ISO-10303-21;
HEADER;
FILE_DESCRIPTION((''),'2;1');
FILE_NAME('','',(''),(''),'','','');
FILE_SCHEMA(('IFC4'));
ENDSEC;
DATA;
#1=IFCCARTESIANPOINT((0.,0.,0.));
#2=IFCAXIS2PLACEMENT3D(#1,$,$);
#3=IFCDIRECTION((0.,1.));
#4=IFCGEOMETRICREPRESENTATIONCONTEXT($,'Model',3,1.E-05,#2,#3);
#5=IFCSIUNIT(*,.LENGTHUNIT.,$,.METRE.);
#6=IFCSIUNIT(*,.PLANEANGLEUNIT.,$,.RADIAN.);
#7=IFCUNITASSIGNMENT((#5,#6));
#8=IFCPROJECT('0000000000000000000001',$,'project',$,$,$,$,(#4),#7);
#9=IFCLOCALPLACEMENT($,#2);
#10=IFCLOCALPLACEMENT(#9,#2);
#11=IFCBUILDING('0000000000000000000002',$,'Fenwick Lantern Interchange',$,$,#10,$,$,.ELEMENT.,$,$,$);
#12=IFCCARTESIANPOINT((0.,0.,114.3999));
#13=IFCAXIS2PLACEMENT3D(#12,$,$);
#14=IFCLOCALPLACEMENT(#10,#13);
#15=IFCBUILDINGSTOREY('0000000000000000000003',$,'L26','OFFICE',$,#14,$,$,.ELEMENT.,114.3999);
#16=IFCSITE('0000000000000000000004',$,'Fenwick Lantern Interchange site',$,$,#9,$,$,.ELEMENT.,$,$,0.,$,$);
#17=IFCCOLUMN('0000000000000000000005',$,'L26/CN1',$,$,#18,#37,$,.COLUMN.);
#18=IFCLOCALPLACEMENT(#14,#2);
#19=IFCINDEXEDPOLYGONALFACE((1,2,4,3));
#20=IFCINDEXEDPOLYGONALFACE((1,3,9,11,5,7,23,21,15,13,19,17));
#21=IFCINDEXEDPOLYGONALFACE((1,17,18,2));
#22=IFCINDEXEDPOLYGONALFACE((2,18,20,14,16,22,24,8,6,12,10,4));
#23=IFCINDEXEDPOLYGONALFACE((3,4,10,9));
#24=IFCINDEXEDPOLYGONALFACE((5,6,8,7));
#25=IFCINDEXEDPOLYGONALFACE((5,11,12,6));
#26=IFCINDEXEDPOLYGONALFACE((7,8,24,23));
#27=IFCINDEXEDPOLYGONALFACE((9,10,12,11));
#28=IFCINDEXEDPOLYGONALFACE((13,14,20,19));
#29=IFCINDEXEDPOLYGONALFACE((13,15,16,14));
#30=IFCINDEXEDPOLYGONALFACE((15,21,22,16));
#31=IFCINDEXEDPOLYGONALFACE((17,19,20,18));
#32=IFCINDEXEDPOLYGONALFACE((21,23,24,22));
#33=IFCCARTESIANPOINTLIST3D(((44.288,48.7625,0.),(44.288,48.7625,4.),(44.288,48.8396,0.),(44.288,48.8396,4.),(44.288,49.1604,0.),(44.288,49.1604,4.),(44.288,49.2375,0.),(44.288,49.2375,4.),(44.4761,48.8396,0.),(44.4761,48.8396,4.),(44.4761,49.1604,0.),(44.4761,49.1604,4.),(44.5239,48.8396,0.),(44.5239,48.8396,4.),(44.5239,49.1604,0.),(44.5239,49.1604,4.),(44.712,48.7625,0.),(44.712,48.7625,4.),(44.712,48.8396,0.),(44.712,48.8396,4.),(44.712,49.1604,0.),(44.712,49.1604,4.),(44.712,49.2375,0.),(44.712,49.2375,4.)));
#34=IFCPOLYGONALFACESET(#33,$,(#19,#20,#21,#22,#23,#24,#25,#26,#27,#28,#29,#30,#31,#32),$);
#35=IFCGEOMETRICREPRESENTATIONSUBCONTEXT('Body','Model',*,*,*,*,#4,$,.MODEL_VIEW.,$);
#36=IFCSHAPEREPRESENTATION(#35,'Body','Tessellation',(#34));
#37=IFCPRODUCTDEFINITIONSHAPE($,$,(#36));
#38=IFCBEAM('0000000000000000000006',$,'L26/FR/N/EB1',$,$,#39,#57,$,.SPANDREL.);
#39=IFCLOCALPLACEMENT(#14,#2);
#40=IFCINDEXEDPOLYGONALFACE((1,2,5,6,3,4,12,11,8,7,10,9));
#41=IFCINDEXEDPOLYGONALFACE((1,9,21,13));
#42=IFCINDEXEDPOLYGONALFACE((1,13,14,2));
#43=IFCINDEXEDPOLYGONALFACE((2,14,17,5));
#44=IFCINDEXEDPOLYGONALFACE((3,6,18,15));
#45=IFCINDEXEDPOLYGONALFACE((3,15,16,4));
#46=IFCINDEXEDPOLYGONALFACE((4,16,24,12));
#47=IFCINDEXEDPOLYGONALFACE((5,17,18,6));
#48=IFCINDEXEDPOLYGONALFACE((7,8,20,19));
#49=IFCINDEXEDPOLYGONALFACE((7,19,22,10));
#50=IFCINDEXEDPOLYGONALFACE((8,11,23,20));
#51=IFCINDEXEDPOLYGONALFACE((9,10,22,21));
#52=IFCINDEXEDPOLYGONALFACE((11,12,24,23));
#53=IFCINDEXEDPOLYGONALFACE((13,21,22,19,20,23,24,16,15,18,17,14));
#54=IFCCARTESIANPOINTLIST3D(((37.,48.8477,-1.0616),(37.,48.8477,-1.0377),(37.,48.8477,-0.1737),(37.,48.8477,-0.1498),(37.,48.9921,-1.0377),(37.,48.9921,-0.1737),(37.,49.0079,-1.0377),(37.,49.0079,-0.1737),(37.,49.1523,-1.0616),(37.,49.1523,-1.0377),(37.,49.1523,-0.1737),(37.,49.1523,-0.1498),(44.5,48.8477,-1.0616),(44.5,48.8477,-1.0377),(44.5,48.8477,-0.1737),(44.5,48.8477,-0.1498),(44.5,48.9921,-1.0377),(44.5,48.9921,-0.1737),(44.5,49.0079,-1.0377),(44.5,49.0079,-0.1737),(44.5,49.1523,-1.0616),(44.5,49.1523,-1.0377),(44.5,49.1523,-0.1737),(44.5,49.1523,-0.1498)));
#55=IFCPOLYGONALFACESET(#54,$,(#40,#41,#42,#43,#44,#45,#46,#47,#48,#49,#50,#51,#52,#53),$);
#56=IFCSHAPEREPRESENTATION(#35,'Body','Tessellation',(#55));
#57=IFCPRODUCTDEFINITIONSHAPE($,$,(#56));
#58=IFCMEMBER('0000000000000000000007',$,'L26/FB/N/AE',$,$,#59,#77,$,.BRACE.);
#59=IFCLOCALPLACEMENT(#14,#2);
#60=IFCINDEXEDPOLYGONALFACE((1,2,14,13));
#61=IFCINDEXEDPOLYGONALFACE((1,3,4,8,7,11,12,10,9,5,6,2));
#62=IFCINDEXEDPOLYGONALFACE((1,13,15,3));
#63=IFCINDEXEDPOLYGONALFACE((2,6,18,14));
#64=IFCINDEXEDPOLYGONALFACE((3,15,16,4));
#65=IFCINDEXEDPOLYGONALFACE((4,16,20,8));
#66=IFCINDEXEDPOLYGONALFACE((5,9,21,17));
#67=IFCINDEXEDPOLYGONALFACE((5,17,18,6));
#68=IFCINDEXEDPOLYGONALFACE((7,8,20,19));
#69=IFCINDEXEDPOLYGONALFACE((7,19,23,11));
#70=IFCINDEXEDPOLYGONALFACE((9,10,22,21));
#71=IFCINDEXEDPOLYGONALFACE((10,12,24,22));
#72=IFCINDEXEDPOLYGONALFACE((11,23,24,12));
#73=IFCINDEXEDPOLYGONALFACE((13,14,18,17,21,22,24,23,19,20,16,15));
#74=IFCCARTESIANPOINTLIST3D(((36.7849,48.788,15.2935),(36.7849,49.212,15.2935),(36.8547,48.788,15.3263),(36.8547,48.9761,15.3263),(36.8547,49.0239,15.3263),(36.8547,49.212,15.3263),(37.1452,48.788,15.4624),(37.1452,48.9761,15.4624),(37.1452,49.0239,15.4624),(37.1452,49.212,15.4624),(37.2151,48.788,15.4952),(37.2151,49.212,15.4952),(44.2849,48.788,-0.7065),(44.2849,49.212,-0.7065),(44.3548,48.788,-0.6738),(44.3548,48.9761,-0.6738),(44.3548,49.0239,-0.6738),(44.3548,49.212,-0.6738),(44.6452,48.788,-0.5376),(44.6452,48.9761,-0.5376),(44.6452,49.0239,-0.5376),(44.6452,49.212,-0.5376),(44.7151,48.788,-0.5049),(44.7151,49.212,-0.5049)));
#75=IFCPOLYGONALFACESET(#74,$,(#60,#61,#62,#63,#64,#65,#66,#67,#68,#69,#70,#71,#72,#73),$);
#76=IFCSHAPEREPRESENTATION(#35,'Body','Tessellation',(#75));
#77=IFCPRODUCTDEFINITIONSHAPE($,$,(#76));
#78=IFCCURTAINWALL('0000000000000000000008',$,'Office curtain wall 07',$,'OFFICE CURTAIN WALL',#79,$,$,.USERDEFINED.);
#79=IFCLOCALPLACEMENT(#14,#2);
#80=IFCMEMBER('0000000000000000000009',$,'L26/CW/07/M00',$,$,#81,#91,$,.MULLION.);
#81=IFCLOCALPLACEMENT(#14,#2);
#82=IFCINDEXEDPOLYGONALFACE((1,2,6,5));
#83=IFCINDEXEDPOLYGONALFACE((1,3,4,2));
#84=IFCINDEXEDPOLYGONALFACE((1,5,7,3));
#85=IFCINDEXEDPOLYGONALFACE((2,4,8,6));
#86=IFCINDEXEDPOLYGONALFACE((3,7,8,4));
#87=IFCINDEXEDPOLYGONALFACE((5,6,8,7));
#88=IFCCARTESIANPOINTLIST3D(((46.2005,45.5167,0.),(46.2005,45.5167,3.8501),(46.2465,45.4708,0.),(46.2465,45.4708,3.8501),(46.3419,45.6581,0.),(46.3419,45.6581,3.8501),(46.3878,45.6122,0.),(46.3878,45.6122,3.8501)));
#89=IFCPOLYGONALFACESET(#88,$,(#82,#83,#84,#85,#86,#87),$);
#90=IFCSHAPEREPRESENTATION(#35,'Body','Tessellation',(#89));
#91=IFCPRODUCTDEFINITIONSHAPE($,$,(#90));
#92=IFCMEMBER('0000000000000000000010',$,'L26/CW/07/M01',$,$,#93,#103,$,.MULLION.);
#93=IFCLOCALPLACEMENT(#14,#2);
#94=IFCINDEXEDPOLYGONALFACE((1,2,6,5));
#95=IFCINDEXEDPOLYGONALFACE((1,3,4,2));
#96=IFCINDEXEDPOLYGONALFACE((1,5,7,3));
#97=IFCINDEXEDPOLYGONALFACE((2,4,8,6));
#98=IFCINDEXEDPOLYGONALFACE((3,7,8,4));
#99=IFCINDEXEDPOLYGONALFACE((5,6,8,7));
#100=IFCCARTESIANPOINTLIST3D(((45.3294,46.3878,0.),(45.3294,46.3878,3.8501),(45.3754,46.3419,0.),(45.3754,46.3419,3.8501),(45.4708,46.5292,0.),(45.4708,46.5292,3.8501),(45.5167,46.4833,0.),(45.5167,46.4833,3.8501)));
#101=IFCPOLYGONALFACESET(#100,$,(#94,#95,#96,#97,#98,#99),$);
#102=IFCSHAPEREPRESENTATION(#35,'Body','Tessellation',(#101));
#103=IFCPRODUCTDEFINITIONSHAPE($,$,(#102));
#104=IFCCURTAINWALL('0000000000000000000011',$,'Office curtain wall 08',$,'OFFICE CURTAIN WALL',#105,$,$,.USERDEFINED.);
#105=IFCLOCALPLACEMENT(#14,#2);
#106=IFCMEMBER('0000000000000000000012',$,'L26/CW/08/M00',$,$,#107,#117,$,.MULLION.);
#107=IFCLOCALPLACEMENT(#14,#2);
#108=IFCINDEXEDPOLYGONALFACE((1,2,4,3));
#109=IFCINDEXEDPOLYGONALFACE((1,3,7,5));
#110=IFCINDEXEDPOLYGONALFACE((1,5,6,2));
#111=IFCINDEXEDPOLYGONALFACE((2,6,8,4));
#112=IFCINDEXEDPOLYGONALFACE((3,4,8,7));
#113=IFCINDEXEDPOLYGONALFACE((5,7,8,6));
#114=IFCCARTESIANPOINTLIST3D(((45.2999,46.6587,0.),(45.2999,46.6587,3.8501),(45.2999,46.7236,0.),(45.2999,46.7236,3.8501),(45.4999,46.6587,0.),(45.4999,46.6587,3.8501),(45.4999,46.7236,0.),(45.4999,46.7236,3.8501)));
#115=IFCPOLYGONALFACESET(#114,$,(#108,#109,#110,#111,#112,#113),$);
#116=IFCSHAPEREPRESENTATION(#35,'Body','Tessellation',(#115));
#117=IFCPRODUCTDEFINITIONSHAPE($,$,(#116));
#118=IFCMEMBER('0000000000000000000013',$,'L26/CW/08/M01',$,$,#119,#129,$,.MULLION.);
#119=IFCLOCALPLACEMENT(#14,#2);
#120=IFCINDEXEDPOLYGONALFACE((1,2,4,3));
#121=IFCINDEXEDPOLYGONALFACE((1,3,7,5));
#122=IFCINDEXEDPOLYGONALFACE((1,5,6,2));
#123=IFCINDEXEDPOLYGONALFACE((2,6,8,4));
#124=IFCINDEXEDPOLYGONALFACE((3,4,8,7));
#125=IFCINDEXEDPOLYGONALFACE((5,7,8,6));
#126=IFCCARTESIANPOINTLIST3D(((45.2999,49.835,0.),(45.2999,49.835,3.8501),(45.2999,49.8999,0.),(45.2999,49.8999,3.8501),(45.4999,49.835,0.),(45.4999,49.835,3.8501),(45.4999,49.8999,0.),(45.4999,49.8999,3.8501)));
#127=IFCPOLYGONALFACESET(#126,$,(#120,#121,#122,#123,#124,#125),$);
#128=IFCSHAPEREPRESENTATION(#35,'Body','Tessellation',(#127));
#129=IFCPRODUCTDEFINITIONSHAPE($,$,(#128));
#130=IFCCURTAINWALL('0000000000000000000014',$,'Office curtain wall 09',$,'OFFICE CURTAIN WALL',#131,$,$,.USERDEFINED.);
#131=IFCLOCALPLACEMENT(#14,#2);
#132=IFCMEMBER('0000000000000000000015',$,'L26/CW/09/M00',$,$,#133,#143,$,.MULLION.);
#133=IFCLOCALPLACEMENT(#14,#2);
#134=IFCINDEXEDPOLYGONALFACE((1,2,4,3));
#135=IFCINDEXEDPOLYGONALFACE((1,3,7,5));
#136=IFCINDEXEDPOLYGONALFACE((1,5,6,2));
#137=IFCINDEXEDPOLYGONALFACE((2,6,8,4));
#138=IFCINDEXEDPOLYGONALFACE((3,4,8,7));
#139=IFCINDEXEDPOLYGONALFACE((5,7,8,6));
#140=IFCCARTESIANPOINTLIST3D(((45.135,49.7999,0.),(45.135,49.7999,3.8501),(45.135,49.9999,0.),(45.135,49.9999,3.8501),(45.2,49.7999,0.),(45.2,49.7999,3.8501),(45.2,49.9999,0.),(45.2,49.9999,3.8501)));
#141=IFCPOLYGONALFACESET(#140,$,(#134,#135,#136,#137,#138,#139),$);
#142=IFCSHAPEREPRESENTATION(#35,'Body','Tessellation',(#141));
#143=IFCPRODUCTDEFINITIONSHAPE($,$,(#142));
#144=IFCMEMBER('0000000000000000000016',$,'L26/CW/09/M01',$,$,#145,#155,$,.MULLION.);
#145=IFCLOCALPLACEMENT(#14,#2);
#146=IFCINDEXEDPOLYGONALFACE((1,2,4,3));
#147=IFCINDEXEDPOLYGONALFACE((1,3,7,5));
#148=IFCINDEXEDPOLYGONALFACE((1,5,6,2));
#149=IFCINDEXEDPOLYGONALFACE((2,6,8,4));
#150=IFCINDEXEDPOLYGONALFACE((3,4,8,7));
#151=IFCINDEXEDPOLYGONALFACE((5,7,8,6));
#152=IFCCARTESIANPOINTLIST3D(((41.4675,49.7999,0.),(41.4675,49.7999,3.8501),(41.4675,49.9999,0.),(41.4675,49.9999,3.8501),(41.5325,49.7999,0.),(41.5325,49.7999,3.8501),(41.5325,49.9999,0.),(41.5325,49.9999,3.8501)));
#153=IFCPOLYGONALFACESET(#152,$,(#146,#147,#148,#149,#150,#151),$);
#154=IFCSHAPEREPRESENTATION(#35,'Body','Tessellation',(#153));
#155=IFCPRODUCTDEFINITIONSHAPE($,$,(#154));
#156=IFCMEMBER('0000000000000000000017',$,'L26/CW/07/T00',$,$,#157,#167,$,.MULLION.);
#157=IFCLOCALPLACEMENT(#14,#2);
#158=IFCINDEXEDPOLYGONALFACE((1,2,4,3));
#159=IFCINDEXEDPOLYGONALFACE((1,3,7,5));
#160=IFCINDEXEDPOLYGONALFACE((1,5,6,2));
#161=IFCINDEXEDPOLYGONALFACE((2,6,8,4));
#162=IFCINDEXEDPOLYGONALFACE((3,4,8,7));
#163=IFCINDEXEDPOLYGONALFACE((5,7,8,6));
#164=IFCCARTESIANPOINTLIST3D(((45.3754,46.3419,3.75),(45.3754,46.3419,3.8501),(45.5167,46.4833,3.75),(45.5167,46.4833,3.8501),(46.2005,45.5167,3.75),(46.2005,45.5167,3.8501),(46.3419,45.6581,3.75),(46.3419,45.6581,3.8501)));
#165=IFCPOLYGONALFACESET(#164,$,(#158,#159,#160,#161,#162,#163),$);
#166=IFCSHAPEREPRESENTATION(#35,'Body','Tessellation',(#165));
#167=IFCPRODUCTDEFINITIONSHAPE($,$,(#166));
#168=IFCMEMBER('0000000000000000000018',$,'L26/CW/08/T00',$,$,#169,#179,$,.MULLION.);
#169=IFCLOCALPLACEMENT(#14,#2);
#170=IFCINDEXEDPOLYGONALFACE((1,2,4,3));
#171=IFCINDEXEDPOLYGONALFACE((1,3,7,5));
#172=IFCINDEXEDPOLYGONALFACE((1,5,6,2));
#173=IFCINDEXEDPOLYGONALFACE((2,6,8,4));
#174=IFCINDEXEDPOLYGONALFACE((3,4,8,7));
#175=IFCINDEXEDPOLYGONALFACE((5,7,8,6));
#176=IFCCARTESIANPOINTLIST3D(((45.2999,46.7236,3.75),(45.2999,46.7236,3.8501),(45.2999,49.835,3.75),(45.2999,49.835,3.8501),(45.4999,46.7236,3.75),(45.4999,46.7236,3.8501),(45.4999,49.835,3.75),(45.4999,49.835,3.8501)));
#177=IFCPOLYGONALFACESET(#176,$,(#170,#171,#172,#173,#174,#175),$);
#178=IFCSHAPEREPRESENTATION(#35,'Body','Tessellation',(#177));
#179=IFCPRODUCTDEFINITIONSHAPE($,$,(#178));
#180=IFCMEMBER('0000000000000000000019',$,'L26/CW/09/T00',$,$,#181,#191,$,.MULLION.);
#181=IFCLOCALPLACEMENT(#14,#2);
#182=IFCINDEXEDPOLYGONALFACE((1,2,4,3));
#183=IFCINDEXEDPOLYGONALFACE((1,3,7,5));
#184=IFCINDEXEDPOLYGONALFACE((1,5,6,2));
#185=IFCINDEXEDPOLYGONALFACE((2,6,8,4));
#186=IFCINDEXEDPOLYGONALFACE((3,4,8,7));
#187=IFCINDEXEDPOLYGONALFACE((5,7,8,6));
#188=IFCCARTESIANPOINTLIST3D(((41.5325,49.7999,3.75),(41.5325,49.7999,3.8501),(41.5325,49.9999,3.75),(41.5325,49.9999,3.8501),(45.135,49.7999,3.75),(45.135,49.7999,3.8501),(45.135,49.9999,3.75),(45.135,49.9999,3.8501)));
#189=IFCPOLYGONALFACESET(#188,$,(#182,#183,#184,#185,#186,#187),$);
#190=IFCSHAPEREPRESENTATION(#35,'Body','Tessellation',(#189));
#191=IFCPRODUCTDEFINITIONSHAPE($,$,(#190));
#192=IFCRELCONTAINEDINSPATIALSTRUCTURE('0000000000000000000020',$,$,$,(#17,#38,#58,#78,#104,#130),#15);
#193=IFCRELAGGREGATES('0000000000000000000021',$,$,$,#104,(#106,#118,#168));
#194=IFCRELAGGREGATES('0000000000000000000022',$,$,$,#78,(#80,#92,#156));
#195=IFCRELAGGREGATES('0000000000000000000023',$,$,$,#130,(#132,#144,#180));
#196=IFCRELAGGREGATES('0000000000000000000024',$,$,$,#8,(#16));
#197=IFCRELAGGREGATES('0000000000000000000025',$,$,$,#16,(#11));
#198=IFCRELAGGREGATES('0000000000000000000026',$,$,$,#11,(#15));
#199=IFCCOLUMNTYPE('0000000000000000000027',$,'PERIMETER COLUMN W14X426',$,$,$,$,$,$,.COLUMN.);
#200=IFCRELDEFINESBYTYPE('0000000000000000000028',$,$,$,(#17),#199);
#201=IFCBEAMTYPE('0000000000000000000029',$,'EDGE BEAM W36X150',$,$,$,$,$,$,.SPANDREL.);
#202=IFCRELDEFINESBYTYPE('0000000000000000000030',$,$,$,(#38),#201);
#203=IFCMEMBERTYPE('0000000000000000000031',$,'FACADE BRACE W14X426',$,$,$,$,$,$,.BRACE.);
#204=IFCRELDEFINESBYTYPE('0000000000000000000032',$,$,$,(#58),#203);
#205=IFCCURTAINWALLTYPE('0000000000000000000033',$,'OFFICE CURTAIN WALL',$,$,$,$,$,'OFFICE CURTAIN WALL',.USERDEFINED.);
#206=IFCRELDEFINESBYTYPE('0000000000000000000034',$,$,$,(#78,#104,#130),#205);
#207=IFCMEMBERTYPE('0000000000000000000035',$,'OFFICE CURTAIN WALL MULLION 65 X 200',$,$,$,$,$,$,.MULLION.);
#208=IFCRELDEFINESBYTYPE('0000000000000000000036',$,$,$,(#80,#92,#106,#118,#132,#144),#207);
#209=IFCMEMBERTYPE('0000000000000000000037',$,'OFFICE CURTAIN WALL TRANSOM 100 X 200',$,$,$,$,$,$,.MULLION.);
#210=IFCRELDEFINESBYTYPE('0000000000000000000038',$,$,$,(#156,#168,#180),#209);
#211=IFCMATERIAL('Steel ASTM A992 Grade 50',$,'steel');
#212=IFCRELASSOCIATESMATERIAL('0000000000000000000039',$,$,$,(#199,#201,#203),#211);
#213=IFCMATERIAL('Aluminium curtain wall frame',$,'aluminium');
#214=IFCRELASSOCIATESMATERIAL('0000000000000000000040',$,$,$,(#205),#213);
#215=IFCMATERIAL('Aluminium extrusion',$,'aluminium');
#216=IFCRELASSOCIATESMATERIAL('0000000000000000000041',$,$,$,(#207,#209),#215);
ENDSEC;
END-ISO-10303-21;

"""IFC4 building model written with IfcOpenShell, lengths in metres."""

from ifc_helpers import new_model, si_unit, direction, frame, origin, origin_2d, place, context, subcontext, project, spatial, rectangle, i_section, extrude, material, material_profile, profile_set, type_object, element, aggregate, save


model = new_model("IFC4")

# Units and contexts
model_context = context("Model", 3, precision=1e-05, world=origin(), true_north=direction((0.0, 1.0)))
body_context = subcontext(model_context, "Body", "Model", "MODEL_VIEW")
ifc_project = project(units=[si_unit("LENGTHUNIT", "METRE"), si_unit("PLANEANGLEUNIT", "RADIAN")], contexts=[model_context])

# Site, building, storey
site_placement = place(None, origin())
site = spatial("IfcSite", under=ifc_project, at=site_placement, Name="Fenwick Lantern Interchange site", CompositionType="ELEMENT", RefElevation=0.0)
building_placement = place(site_placement, origin())
building = spatial("IfcBuilding", under=site, at=building_placement, Name="Fenwick Lantern Interchange", CompositionType="ELEMENT")
storey_placement = place(building_placement, frame((0.0, 0.0, 114.3999)))
storey = spatial("IfcBuildingStorey", under=building, at=storey_placement, Name="L26", Description="OFFICE", CompositionType="ELEMENT", Elevation=114.3999)

# Column
ifc_material_1 = material(Name="Steel ASTM A992 Grade 50", Category="steel")
ifc_material_profile_1 = material_profile(ifc_material_1, i_section(OverallWidth=0.4241, OverallDepth=0.4751, WebThickness=0.0479, FlangeThickness=0.0771, at=origin_2d()), Name="W14X426")
ifc_profile_set_1 = profile_set([ifc_material_profile_1], Name="Steel ASTM A992 Grade 50")
column_type = type_object("IfcColumnType", Name="PERIMETER COLUMN W14X426", PredefinedType="COLUMN", material=ifc_profile_set_1)
column_placement = place(storey_placement, frame((44.5, 49.0, 0.0), z_axis=(0.0, 0.0, 1.0), x_axis=(1.0, 0.0, 0.0)))
element("IfcColumn", 1, at=column_placement, inside=storey, type_object=column_type, Name="L26/CN1", PredefinedType="COLUMN", context=body_context, shape_type="SweptSolid", body=[
    extrude(i_section(OverallWidth=0.4241, OverallDepth=0.4751, WebThickness=0.0479, FlangeThickness=0.0771, at=origin_2d()), origin(), (0.0, 0.0, 1.0), 4.0),
])

# Beam
ifc_material_profile_2 = material_profile(ifc_material_1, i_section(OverallWidth=0.3047, OverallDepth=0.9119, WebThickness=0.0159, FlangeThickness=0.0239, at=origin_2d()), Name="W36X150")
ifc_profile_set_2 = profile_set([ifc_material_profile_2], Name="Steel ASTM A992 Grade 50")
beam_type = type_object("IfcBeamType", Name="EDGE BEAM W36X150", PredefinedType="SPANDREL", material=ifc_profile_set_2)
beam_placement = place(storey_placement, frame((44.5, 49.0, -0.6057), z_axis=(-1.0, 0.0, 0.0), x_axis=(0.0, -1.0, 0.0)))
element("IfcBeam", 2, at=beam_placement, inside=storey, type_object=beam_type, Name="L26/FR/N/EB1", PredefinedType="SPANDREL", context=body_context, shape_type="SweptSolid", body=[
    extrude(i_section(OverallWidth=0.3047, OverallDepth=0.9119, WebThickness=0.0159, FlangeThickness=0.0239, at=origin_2d()), origin(), (0.0, 0.0, 1.0), 7.5),
])

# Member
ifc_material_profile_3 = material_profile(ifc_material_1, i_section(OverallWidth=0.4241, OverallDepth=0.4751, WebThickness=0.0479, FlangeThickness=0.0771, at=origin_2d()), Name="W14X426")
ifc_profile_set_3 = profile_set([ifc_material_profile_3], Name="Steel ASTM A992 Grade 50")
member_type_1 = type_object("IfcMemberType", Name="FACADE BRACE W14X426", PredefinedType="BRACE", material=ifc_profile_set_3)
member_1_placement = place(storey_placement, frame((44.5, 49.0, -0.6057), z_axis=(-0.424434, 0.0, 0.905459), x_axis=(0.0, -1.0, 0.0)))
element("IfcMember", 3, at=member_1_placement, inside=storey, type_object=member_type_1, Name="L26/FB/N/AE", PredefinedType="BRACE", context=body_context, shape_type="SweptSolid", body=[
    extrude(i_section(OverallWidth=0.4241, OverallDepth=0.4751, WebThickness=0.0479, FlangeThickness=0.0771, at=origin_2d()), origin(), (0.0, 0.0, 1.0), 17.6707),
])

# Curtain walls, members
ifc_material_2 = material(Name="Aluminium curtain wall frame", Category="aluminium")
curtain_wall_type = type_object("IfcCurtainWallType", Name="OFFICE CURTAIN WALL", ElementType="OFFICE CURTAIN WALL", PredefinedType="USERDEFINED", material=ifc_material_2)
curtain_wall_1_placement = place(storey_placement, origin())
curtain_wall_1 = element("IfcCurtainWall", 4, at=curtain_wall_1_placement, inside=storey, type_object=curtain_wall_type, Name="Office curtain wall 07", ObjectType="OFFICE CURTAIN WALL", PredefinedType="USERDEFINED")
ifc_material_3 = material(Name="Aluminium extrusion", Category="aluminium")
ifc_material_profile_4 = material_profile(ifc_material_3, rectangle(XDim=0.2, YDim=0.0649, at=origin_2d()), Name="OFFICE CURTAIN WALL MULLION 65 X 200")
ifc_profile_set_4 = profile_set([ifc_material_profile_4], Name="Aluminium extrusion")
member_type_2 = type_object("IfcMemberType", Name="OFFICE CURTAIN WALL MULLION 65 X 200", PredefinedType="MULLION", material=ifc_profile_set_4)
member_2_placement = place(storey_placement, frame((46.2942, 45.5645, 0.0), z_axis=(0.0, 0.0, 1.0), x_axis=(-0.707107, -0.707107, 0.0)))
member_2 = element("IfcMember", 5, at=member_2_placement, type_object=member_type_2, Name="L26/CW/07/M00", PredefinedType="MULLION", context=body_context, shape_type="SweptSolid", body=[
    extrude(rectangle(XDim=0.2, YDim=0.0649, at=origin_2d()), origin(), (0.0, 0.0, 1.0), 3.8501),
])
member_3_placement = place(storey_placement, frame((45.4231, 46.4355, 0.0), z_axis=(0.0, 0.0, 1.0), x_axis=(-0.707107, -0.707107, 0.0)))
member_3 = element("IfcMember", 6, at=member_3_placement, type_object=member_type_2, Name="L26/CW/07/M01", PredefinedType="MULLION", context=body_context, shape_type="SweptSolid", body=[
    extrude(rectangle(XDim=0.2, YDim=0.0649, at=origin_2d()), origin(), (0.0, 0.0, 1.0), 3.8501),
])
curtain_wall_2_placement = place(storey_placement, origin())
curtain_wall_2 = element("IfcCurtainWall", 7, at=curtain_wall_2_placement, inside=storey, type_object=curtain_wall_type, Name="Office curtain wall 08", ObjectType="OFFICE CURTAIN WALL", PredefinedType="USERDEFINED")
member_4_placement = place(storey_placement, frame((45.3999, 46.6912, 0.0), z_axis=(0.0, 0.0, 1.0), x_axis=(-1.0, 0.0, 0.0)))
member_4 = element("IfcMember", 8, at=member_4_placement, type_object=member_type_2, Name="L26/CW/08/M00", PredefinedType="MULLION", context=body_context, shape_type="SweptSolid", body=[
    extrude(rectangle(XDim=0.2, YDim=0.0649, at=origin_2d()), origin(), (0.0, 0.0, 1.0), 3.8501),
])
member_5_placement = place(storey_placement, frame((45.3999, 49.8674, 0.0), z_axis=(0.0, 0.0, 1.0), x_axis=(-1.0, 0.0, 0.0)))
member_5 = element("IfcMember", 9, at=member_5_placement, type_object=member_type_2, Name="L26/CW/08/M01", PredefinedType="MULLION", context=body_context, shape_type="SweptSolid", body=[
    extrude(rectangle(XDim=0.2, YDim=0.0649, at=origin_2d()), origin(), (0.0, 0.0, 1.0), 3.8501),
])
curtain_wall_3_placement = place(storey_placement, origin())
curtain_wall_3 = element("IfcCurtainWall", 10, at=curtain_wall_3_placement, inside=storey, type_object=curtain_wall_type, Name="Office curtain wall 09", ObjectType="OFFICE CURTAIN WALL", PredefinedType="USERDEFINED")
member_6_placement = place(storey_placement, frame((45.1675, 49.8999, 0.0), z_axis=(0.0, 0.0, 1.0), x_axis=(0.0, -1.0, 0.0)))
member_6 = element("IfcMember", 11, at=member_6_placement, type_object=member_type_2, Name="L26/CW/09/M00", PredefinedType="MULLION", context=body_context, shape_type="SweptSolid", body=[
    extrude(rectangle(XDim=0.2, YDim=0.0649, at=origin_2d()), origin(), (0.0, 0.0, 1.0), 3.8501),
])
member_7_placement = place(storey_placement, frame((41.5, 49.8999, 0.0), z_axis=(0.0, 0.0, 1.0), x_axis=(0.0, -1.0, 0.0)))
member_7 = element("IfcMember", 12, at=member_7_placement, type_object=member_type_2, Name="L26/CW/09/M01", PredefinedType="MULLION", context=body_context, shape_type="SweptSolid", body=[
    extrude(rectangle(XDim=0.2, YDim=0.0649, at=origin_2d()), origin(), (0.0, 0.0, 1.0), 3.8501),
])

# Members
ifc_material_profile_5 = material_profile(ifc_material_3, rectangle(XDim=0.2, YDim=0.1001, at=origin_2d()), Name="OFFICE CURTAIN WALL TRANSOM 100 X 200")
ifc_profile_set_5 = profile_set([ifc_material_profile_5], Name="Aluminium extrusion")
member_type_3 = type_object("IfcMemberType", Name="OFFICE CURTAIN WALL TRANSOM 100 X 200", PredefinedType="MULLION", material=ifc_profile_set_5)
member_8_placement = place(storey_placement, frame((46.2712, 45.5874, 3.8), z_axis=(-0.707107, 0.707107, 0.0), x_axis=(-0.707107, -0.707107, 0.0)))
member_8 = element("IfcMember", 13, at=member_8_placement, type_object=member_type_3, Name="L26/CW/07/T00", PredefinedType="MULLION", context=body_context, shape_type="SweptSolid", body=[
    extrude(rectangle(XDim=0.2, YDim=0.1001, at=origin_2d()), origin(), (0.0, 0.0, 1.0), 1.167),
])
member_9_placement = place(storey_placement, frame((45.3999, 46.7236, 3.8), z_axis=(0.0, 1.0, 0.0), x_axis=(-1.0, 0.0, 0.0)))
member_9 = element("IfcMember", 14, at=member_9_placement, type_object=member_type_3, Name="L26/CW/08/T00", PredefinedType="MULLION", context=body_context, shape_type="SweptSolid", body=[
    extrude(rectangle(XDim=0.2, YDim=0.1001, at=origin_2d()), origin(), (0.0, 0.0, 1.0), 3.1113),
])
aggregate(curtain_wall_2, [member_4, member_5, member_9])
member_10_placement = place(storey_placement, frame((45.135, 49.8999, 3.8), z_axis=(-1.0, 0.0, 0.0), x_axis=(0.0, -1.0, 0.0)))
member_10 = element("IfcMember", 15, at=member_10_placement, type_object=member_type_3, Name="L26/CW/09/T00", PredefinedType="MULLION", context=body_context, shape_type="SweptSolid", body=[
    extrude(rectangle(XDim=0.2, YDim=0.1001, at=origin_2d()), origin(), (0.0, 0.0, 1.0), 3.6025),
])

aggregate(curtain_wall_1, [member_2, member_3, member_8])
aggregate(curtain_wall_3, [member_6, member_7, member_10])

save(model, "model.ifc")
